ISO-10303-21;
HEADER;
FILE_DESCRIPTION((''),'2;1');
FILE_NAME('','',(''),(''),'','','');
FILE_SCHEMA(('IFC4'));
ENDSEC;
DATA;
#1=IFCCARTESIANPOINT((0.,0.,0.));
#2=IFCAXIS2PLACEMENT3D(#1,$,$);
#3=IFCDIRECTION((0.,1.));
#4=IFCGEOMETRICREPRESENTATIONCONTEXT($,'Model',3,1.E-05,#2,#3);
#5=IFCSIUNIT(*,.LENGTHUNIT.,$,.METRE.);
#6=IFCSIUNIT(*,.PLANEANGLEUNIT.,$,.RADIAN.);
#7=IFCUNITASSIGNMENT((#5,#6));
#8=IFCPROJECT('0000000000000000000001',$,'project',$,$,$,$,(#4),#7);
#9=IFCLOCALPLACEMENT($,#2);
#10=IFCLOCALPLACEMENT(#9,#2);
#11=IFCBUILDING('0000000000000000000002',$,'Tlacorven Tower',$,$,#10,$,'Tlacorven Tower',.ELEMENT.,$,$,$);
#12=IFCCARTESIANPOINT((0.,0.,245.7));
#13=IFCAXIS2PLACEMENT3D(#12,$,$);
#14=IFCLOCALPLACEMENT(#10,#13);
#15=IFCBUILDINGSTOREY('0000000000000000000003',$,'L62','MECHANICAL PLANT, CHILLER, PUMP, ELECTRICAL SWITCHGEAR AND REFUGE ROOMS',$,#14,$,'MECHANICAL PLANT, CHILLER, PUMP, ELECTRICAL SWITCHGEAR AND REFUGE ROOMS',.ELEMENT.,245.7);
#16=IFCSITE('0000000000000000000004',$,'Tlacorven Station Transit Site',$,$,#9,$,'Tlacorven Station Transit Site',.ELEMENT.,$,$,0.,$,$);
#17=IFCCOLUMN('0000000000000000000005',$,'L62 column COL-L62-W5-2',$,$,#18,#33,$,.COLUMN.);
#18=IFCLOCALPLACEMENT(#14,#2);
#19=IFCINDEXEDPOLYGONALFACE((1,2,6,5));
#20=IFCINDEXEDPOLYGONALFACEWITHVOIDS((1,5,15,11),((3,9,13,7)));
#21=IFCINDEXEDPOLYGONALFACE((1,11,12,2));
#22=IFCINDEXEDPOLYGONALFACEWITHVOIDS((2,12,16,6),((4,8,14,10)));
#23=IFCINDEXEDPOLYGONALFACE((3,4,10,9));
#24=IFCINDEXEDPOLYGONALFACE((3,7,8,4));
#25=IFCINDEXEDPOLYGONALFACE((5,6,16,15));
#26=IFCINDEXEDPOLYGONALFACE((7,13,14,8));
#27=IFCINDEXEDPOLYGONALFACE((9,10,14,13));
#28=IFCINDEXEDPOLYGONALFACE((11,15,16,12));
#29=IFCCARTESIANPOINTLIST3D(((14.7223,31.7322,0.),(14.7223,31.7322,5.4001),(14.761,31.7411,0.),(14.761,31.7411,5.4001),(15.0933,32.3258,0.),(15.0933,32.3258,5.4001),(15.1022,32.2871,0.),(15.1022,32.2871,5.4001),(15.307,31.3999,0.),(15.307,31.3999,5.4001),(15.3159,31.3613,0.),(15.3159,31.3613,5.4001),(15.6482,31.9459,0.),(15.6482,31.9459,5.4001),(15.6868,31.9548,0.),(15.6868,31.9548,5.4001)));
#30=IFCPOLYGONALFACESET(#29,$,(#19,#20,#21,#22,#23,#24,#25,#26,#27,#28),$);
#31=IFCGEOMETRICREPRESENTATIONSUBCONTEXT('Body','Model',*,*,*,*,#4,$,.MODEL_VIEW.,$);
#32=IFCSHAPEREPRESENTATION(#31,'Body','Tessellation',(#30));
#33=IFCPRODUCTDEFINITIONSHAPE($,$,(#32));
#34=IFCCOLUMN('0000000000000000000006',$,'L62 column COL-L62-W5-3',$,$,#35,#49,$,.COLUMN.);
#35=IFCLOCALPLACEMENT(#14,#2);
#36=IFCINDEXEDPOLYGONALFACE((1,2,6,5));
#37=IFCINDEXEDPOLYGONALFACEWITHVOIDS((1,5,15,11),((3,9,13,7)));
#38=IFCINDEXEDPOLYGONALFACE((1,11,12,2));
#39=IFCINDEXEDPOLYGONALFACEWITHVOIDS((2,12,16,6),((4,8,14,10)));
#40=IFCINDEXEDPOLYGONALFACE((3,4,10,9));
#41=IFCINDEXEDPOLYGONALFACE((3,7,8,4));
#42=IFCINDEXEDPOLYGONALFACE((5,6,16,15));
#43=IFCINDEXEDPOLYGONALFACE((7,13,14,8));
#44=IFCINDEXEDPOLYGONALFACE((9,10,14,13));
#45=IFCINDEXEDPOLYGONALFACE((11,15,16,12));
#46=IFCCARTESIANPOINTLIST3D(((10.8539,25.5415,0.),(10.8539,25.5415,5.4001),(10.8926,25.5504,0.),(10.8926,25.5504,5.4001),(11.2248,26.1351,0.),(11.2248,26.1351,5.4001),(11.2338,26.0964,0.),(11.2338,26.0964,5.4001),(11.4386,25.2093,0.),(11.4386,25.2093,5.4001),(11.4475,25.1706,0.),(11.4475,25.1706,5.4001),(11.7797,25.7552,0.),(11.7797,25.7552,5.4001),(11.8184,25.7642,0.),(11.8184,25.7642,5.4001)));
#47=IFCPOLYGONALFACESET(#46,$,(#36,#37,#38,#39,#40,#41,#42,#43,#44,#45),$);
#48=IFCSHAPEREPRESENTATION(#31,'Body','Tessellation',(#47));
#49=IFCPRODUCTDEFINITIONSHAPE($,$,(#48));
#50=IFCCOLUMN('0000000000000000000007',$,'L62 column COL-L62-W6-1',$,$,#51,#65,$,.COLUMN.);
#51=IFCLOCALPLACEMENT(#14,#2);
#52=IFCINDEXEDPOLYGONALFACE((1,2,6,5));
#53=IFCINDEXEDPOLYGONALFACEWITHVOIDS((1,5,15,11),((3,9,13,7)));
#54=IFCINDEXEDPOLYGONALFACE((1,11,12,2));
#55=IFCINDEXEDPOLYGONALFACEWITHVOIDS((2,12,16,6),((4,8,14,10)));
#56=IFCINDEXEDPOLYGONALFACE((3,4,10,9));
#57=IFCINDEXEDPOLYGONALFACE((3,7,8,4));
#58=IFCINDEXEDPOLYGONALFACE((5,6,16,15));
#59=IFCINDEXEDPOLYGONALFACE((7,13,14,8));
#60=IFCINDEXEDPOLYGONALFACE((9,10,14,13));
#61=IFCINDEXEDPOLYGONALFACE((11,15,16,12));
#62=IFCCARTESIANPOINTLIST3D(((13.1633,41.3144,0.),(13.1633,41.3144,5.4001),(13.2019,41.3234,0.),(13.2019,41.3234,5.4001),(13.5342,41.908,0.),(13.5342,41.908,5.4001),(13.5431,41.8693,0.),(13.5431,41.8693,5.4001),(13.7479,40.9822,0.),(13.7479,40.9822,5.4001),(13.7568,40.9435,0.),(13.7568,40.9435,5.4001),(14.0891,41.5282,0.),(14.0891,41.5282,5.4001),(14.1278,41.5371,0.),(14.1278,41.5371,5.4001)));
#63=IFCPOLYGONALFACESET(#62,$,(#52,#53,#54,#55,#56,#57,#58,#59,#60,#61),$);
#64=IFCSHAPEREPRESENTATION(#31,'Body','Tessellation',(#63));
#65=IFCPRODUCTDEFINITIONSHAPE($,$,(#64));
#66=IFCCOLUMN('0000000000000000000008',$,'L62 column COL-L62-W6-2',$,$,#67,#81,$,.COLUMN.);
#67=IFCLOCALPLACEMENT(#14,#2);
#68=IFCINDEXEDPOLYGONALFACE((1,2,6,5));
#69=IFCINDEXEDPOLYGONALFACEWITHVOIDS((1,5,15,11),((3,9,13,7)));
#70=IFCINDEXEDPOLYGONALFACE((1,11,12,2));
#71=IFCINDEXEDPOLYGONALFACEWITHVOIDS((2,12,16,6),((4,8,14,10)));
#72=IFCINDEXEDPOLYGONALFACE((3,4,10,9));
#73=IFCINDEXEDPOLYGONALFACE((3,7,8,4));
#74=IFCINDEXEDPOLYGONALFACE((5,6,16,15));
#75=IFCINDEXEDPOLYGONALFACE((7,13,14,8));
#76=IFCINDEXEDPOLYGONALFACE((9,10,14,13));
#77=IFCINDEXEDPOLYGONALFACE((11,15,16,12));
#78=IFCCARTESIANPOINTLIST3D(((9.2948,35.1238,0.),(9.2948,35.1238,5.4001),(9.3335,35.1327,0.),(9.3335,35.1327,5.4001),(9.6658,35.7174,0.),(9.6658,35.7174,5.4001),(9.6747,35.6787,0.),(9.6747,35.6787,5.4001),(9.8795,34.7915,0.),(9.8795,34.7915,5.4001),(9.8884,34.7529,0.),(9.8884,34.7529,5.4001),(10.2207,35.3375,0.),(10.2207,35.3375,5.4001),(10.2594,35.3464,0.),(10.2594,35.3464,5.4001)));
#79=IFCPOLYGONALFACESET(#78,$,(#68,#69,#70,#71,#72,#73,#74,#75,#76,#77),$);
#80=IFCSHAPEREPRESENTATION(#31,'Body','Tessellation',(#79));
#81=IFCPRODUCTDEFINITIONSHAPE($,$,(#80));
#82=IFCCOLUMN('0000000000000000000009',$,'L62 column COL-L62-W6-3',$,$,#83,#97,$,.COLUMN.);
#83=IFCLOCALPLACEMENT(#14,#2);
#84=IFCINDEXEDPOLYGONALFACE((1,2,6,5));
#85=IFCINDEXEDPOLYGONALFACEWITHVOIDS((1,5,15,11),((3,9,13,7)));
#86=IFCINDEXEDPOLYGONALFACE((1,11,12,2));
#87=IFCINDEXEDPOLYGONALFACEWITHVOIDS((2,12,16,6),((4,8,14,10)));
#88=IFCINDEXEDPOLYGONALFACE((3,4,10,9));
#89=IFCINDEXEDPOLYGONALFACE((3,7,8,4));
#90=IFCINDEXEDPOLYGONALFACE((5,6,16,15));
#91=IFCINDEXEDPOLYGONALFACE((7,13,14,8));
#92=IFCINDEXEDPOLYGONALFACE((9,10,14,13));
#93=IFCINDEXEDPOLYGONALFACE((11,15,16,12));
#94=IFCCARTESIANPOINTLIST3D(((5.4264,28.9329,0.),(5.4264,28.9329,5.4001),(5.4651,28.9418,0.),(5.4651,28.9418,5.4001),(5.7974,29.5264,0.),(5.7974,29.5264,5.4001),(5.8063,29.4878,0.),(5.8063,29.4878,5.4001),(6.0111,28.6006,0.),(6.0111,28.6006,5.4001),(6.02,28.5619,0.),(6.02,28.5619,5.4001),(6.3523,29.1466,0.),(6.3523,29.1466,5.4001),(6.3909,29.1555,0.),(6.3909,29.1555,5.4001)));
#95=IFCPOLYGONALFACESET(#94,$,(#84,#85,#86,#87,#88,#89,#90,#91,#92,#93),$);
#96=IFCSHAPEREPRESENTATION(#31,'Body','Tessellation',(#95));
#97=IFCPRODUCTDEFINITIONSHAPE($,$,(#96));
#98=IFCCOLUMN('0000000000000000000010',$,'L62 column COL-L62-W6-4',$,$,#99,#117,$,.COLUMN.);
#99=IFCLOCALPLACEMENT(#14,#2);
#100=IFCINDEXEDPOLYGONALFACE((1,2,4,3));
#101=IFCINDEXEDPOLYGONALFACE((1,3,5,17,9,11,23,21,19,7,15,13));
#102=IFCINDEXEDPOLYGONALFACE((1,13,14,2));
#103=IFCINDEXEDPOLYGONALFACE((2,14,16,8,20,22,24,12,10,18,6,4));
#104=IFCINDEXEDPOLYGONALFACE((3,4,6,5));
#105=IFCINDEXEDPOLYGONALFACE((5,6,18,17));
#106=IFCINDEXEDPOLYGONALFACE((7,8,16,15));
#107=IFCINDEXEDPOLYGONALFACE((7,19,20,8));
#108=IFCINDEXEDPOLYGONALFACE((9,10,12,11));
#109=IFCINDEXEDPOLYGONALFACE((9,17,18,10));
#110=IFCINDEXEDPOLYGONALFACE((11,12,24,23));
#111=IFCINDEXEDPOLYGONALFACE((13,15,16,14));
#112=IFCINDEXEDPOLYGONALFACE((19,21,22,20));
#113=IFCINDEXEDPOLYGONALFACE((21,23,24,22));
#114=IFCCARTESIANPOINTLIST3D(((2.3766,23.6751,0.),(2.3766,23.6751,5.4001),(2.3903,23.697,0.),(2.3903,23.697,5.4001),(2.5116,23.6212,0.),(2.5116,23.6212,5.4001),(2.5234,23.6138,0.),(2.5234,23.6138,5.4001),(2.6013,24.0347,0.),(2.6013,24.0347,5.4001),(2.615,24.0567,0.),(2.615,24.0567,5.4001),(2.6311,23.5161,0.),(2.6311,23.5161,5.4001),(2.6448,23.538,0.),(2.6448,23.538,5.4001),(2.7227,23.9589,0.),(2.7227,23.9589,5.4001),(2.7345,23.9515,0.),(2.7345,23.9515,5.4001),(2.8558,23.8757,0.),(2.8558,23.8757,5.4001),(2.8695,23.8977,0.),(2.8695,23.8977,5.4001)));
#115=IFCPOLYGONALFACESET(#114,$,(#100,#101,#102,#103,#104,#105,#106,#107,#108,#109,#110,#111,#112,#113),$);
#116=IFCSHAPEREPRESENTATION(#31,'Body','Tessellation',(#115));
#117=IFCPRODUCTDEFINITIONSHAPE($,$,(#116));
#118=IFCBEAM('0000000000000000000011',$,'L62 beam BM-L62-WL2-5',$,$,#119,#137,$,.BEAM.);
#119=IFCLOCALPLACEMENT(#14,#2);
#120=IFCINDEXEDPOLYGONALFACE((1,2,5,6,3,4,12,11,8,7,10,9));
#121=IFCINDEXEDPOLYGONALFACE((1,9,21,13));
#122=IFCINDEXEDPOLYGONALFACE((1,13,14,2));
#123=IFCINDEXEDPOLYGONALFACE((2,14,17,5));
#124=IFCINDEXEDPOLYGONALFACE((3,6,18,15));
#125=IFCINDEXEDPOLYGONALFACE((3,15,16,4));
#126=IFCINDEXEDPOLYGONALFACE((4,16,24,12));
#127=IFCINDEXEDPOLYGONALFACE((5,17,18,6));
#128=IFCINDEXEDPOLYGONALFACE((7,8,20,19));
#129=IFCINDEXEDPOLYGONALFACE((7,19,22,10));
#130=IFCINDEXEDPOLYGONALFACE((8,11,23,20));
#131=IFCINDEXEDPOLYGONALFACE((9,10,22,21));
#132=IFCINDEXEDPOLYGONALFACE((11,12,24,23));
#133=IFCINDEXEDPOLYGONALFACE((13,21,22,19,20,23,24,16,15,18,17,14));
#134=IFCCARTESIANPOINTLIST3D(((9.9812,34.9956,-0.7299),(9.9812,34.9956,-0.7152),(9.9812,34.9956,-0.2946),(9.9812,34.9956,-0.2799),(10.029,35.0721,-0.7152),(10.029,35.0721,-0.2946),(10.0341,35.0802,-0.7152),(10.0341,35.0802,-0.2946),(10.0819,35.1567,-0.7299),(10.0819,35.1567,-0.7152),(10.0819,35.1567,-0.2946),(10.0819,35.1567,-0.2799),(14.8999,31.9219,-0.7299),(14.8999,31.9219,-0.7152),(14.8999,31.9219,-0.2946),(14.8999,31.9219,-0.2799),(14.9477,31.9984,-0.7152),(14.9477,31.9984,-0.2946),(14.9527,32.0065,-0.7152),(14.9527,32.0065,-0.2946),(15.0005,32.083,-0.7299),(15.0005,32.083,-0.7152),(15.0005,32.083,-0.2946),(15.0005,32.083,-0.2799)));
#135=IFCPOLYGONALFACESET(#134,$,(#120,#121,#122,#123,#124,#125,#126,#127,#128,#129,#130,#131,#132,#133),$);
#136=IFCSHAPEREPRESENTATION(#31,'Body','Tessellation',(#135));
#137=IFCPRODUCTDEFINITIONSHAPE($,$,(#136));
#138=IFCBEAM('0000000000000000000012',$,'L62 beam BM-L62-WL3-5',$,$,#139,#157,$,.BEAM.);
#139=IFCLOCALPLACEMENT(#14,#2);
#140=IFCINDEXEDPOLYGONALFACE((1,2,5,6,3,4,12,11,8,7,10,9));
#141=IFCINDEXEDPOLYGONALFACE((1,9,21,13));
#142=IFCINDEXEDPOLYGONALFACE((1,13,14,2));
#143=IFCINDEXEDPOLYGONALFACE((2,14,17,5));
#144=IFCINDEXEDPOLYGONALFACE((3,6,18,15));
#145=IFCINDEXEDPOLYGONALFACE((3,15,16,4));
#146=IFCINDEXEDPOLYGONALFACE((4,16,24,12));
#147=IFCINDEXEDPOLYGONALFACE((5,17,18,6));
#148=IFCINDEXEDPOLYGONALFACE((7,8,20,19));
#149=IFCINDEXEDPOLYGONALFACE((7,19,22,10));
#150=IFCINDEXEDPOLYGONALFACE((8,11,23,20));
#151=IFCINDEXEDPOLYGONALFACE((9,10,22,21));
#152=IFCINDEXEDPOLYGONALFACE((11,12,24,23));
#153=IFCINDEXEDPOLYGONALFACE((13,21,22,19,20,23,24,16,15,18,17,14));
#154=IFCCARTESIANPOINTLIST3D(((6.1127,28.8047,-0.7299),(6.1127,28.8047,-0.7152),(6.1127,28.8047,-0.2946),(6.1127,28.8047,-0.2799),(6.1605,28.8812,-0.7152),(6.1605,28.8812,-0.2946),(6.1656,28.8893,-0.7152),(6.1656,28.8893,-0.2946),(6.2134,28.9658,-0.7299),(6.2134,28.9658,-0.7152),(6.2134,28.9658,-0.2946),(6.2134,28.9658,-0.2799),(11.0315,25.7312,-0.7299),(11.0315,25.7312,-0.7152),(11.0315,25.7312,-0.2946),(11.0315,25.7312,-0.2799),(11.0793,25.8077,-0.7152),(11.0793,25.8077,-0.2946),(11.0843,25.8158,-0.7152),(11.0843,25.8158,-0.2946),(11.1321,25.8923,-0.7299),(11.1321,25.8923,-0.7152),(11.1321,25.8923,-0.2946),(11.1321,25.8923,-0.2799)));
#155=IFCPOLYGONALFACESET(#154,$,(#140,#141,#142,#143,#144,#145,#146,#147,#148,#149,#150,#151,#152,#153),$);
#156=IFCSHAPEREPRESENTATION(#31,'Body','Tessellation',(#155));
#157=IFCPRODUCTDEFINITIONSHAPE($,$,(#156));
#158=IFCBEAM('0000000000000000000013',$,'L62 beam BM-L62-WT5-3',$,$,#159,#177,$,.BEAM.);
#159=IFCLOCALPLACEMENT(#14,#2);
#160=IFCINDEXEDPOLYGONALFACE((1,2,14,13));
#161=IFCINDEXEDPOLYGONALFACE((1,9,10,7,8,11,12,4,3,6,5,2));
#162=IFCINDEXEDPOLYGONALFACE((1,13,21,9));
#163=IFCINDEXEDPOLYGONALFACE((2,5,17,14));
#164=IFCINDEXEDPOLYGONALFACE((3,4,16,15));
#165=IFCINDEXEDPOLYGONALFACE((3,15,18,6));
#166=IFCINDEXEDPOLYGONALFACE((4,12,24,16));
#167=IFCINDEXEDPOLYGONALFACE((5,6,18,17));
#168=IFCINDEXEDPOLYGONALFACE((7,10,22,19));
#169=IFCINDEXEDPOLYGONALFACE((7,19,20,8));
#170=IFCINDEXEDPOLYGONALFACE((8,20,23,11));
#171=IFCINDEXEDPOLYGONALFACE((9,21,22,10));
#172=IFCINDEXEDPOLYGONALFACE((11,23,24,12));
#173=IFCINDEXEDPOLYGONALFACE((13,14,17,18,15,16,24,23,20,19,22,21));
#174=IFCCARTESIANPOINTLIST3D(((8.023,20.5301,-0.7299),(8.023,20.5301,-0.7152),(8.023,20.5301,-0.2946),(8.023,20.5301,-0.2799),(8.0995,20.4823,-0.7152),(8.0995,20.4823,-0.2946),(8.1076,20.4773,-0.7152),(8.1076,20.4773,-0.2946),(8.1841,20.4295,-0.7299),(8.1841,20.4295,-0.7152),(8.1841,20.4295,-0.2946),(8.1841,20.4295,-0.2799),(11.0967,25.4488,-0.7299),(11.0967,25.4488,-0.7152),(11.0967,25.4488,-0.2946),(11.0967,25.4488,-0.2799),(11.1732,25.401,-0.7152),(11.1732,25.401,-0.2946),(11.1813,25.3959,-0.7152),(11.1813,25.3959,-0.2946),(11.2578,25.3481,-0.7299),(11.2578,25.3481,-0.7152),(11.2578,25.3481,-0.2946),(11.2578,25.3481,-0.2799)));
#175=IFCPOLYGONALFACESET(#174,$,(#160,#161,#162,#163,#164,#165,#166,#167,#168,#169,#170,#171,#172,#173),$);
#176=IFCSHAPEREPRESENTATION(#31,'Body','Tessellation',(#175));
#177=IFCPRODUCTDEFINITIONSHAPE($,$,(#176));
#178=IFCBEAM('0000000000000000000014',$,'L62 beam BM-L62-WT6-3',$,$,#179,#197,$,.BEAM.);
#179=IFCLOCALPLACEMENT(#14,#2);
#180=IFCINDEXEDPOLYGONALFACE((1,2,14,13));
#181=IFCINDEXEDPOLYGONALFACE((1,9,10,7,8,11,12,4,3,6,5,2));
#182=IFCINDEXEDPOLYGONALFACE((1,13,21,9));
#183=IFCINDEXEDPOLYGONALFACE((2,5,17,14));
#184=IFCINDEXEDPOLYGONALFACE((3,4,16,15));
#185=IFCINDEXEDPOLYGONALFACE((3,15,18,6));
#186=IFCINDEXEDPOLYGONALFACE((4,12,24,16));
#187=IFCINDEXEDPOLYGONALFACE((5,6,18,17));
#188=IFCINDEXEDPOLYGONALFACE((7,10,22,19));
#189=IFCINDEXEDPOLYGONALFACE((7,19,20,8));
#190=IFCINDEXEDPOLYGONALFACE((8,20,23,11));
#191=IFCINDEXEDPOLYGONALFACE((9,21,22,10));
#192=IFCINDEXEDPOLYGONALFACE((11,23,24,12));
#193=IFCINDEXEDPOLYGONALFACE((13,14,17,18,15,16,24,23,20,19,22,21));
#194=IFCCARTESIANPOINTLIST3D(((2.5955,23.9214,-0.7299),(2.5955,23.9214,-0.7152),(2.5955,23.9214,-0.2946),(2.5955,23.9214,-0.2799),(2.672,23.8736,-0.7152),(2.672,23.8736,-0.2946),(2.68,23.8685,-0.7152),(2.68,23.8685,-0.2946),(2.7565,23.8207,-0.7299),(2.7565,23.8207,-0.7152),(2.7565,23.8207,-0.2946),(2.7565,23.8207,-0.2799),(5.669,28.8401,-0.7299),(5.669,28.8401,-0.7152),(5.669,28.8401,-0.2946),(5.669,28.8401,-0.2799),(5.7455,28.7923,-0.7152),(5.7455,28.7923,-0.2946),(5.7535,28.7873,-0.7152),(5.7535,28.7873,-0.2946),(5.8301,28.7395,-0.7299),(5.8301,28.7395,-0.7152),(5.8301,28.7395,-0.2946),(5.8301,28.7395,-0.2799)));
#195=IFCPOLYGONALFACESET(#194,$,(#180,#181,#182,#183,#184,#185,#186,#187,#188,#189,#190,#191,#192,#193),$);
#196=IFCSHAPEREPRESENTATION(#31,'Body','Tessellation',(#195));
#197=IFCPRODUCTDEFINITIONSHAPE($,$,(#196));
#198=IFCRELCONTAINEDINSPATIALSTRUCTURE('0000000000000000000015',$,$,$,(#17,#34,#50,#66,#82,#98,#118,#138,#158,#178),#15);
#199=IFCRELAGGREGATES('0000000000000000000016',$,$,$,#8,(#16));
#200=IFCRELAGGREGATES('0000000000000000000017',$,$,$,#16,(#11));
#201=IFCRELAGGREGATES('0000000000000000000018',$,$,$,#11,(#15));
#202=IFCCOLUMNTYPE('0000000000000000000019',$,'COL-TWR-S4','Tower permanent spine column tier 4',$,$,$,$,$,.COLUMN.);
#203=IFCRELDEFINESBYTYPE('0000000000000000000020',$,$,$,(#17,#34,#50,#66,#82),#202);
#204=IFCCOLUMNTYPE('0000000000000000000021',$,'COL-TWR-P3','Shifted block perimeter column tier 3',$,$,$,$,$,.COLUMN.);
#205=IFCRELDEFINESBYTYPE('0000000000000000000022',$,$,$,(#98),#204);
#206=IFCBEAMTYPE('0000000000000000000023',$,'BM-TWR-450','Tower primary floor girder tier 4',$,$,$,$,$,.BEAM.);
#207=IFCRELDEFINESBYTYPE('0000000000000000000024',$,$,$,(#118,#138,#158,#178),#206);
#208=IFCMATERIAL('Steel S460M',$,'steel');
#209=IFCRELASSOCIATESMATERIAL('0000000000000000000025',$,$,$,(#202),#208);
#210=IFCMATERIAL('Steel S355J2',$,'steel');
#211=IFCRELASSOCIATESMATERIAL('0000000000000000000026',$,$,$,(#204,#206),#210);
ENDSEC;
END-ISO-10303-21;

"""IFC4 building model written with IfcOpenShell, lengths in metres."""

from ifc_helpers import new_model, si_unit, direction, frame, origin, origin_2d, place, context, subcontext, project, spatial, hollow_rectangle, i_section, extrude, source, transform, mapped, material, material_profile, profile_set, type_object, element, save


model = new_model("IFC4")

# Units and contexts
model_context = context("Model", 3, precision=1e-05, world=origin(), true_north=direction((0.0, 1.0)))
body_context = subcontext(model_context, "Body", "Model", "MODEL_VIEW")
ifc_project = project(units=[si_unit("LENGTHUNIT", "METRE"), si_unit("PLANEANGLEUNIT", "RADIAN")], contexts=[model_context])

# Site, building, storey
site_placement = place(None, origin())
site = spatial("IfcSite", under=ifc_project, at=site_placement, Name="Tlacorven Station Transit Site", LongName="Tlacorven Station Transit Site", CompositionType="ELEMENT", RefElevation=0.0)
building_placement = place(site_placement, origin())
building = spatial("IfcBuilding", under=site, at=building_placement, Name="Tlacorven Tower", LongName="Tlacorven Tower", CompositionType="ELEMENT")
storey_placement = place(building_placement, frame((0.0, 0.0, 245.7)))
storey = spatial("IfcBuildingStorey", under=building, at=storey_placement, Name="L62", Description="MECHANICAL PLANT, CHILLER, PUMP, ELECTRICAL SWITCHGEAR AND REFUGE ROOMS", LongName="MECHANICAL PLANT, CHILLER, PUMP, ELECTRICAL SWITCHGEAR AND REFUGE ROOMS", CompositionType="ELEMENT", Elevation=245.7)

# Columns
ifc_material_1 = material(Name="Steel S460M", Category="steel")
ifc_material_profile_1 = material_profile(ifc_material_1, hollow_rectangle(XDim=0.7, YDim=0.7, WallThickness=0.0281, at=origin_2d()), Name="BOX 700X700X28")
ifc_profile_set_1 = profile_set([ifc_material_profile_1], Name="Steel S460M")
column_type_1 = type_object("IfcColumnType", Name="COL-TWR-S4", Description="Tower permanent spine column tier 4", PredefinedType="COLUMN", material=ifc_profile_set_1)
shared_shape_1 = source(origin(), body_context, "Body", "SweptSolid", [
    extrude(hollow_rectangle(XDim=0.7, YDim=0.7, WallThickness=0.0281, at=origin_2d()), origin(), (0.0, 0.0, 1.0), 5.4001),
])
for number, where, z_axis, x_axis, name in (
    (1, (15.2046, 31.8435, 0.0), (0.0, 0.0, 1.0), (-0.848048, 0.529919, 0.0), "L62 column COL-L62-W5-2"),
    (2, (11.3362, 25.6528, 0.0), (0.0, 0.0, 1.0), (-0.848048, 0.529919, 0.0), "L62 column COL-L62-W5-3"),
    (3, (13.6455, 41.4258, 0.0), (0.0, 0.0, 1.0), (-0.848048, 0.529919, 0.0), "L62 column COL-L62-W6-1"),
    (4, (9.7771, 35.2351, 0.0), (0.0, 0.0, 1.0), (-0.848048, 0.529919, 0.0), "L62 column COL-L62-W6-2"),
    (5, (5.9087, 29.0442, 0.0), (0.0, 0.0, 1.0), (-0.848048, 0.529919, 0.0), "L62 column COL-L62-W6-3"),
):
    element("IfcColumn", number, at=place(storey_placement, frame(where, z_axis=z_axis, x_axis=x_axis)), inside=storey, type_object=column_type_1, Name=name, PredefinedType="COLUMN", context=body_context, shape_type="MappedRepresentation", body=[
        mapped(shared_shape_1, transform((0.0, 0.0, 0.0), scale=1.0)),
    ])
ifc_material_2 = material(Name="Steel S355J2", Category="steel")
ifc_material_profile_2 = material_profile(ifc_material_2, i_section(OverallWidth=0.3, OverallDepth=0.45, WebThickness=0.0139, FlangeThickness=0.0259, at=origin_2d()), Name="HEB 450")
ifc_profile_set_2 = profile_set([ifc_material_profile_2], Name="Steel S355J2")
column_type_2 = type_object("IfcColumnType", Name="COL-TWR-P3", Description="Shifted block perimeter column tier 3", PredefinedType="COLUMN", material=ifc_profile_set_2)
shared_shape_2 = source(origin(), body_context, "Body", "SweptSolid", [
    extrude(i_section(OverallWidth=0.3, OverallDepth=0.45, WebThickness=0.0139, FlangeThickness=0.0259, at=origin_2d()), origin(), (0.0, 0.0, 1.0), 5.4001),
])
column_placement = place(storey_placement, frame((2.623, 23.7864, 0.0), z_axis=(0.0, 0.0, 1.0), x_axis=(-0.848048, 0.529919, 0.0)))
element("IfcColumn", 6, at=column_placement, inside=storey, type_object=column_type_2, Name="L62 column COL-L62-W6-4", PredefinedType="COLUMN", context=body_context, shape_type="MappedRepresentation", body=[
    mapped(shared_shape_2, transform((0.0, 0.0, 0.0), scale=1.0)),
])

# Beams
ifc_material_profile_3 = material_profile(ifc_material_2, i_section(OverallWidth=0.1899, OverallDepth=0.45, WebThickness=0.0095, FlangeThickness=0.0146, at=origin_2d()), Name="IPE 450")
ifc_profile_set_3 = profile_set([ifc_material_profile_3], Name="Steel S355J2")
beam_type_1 = type_object("IfcBeamType", Name="BM-TWR-450", Description="Tower primary floor girder tier 4", PredefinedType="BEAM", material=ifc_profile_set_3)
shared_shape_3 = source(origin(), body_context, "Body", "SweptSolid", [
    extrude(i_section(OverallWidth=0.1899, OverallDepth=0.45, WebThickness=0.0095, FlangeThickness=0.0146, at=origin_2d()), origin(), (0.0, 0.0, 1.0), 5.8),
])
for number, where, z_axis, x_axis, name in (
    (7, (14.9502, 32.0024, -0.5049), (-0.848034, 0.529942, 0.0), (-0.529942, -0.848034, 0.0), "L62 beam BM-L62-WL2-5"),
    (8, (11.0818, 25.8118, -0.5049), (-0.848053, 0.529912, 0.0), (-0.529912, -0.848053, 0.0), "L62 beam BM-L62-WL3-5"),
    (9, (11.1772, 25.3984, -0.5049), (-0.529942, -0.848034, 0.0), (0.848034, -0.529942, 0.0), "L62 beam BM-L62-WT5-3"),
    (10, (5.7495, 28.7898, -0.5049), (-0.529912, -0.848053, 0.0), (0.848053, -0.529912, 0.0), "L62 beam BM-L62-WT6-3"),
):
    element("IfcBeam", number, at=place(storey_placement, frame(where, z_axis=z_axis, x_axis=x_axis)), inside=storey, type_object=beam_type_1, Name=name, PredefinedType="BEAM", context=body_context, shape_type="MappedRepresentation", body=[
        mapped(shared_shape_3, transform((0.0, 0.0, 0.0), scale=1.0)),
    ])

save(model, "model.ifc")
